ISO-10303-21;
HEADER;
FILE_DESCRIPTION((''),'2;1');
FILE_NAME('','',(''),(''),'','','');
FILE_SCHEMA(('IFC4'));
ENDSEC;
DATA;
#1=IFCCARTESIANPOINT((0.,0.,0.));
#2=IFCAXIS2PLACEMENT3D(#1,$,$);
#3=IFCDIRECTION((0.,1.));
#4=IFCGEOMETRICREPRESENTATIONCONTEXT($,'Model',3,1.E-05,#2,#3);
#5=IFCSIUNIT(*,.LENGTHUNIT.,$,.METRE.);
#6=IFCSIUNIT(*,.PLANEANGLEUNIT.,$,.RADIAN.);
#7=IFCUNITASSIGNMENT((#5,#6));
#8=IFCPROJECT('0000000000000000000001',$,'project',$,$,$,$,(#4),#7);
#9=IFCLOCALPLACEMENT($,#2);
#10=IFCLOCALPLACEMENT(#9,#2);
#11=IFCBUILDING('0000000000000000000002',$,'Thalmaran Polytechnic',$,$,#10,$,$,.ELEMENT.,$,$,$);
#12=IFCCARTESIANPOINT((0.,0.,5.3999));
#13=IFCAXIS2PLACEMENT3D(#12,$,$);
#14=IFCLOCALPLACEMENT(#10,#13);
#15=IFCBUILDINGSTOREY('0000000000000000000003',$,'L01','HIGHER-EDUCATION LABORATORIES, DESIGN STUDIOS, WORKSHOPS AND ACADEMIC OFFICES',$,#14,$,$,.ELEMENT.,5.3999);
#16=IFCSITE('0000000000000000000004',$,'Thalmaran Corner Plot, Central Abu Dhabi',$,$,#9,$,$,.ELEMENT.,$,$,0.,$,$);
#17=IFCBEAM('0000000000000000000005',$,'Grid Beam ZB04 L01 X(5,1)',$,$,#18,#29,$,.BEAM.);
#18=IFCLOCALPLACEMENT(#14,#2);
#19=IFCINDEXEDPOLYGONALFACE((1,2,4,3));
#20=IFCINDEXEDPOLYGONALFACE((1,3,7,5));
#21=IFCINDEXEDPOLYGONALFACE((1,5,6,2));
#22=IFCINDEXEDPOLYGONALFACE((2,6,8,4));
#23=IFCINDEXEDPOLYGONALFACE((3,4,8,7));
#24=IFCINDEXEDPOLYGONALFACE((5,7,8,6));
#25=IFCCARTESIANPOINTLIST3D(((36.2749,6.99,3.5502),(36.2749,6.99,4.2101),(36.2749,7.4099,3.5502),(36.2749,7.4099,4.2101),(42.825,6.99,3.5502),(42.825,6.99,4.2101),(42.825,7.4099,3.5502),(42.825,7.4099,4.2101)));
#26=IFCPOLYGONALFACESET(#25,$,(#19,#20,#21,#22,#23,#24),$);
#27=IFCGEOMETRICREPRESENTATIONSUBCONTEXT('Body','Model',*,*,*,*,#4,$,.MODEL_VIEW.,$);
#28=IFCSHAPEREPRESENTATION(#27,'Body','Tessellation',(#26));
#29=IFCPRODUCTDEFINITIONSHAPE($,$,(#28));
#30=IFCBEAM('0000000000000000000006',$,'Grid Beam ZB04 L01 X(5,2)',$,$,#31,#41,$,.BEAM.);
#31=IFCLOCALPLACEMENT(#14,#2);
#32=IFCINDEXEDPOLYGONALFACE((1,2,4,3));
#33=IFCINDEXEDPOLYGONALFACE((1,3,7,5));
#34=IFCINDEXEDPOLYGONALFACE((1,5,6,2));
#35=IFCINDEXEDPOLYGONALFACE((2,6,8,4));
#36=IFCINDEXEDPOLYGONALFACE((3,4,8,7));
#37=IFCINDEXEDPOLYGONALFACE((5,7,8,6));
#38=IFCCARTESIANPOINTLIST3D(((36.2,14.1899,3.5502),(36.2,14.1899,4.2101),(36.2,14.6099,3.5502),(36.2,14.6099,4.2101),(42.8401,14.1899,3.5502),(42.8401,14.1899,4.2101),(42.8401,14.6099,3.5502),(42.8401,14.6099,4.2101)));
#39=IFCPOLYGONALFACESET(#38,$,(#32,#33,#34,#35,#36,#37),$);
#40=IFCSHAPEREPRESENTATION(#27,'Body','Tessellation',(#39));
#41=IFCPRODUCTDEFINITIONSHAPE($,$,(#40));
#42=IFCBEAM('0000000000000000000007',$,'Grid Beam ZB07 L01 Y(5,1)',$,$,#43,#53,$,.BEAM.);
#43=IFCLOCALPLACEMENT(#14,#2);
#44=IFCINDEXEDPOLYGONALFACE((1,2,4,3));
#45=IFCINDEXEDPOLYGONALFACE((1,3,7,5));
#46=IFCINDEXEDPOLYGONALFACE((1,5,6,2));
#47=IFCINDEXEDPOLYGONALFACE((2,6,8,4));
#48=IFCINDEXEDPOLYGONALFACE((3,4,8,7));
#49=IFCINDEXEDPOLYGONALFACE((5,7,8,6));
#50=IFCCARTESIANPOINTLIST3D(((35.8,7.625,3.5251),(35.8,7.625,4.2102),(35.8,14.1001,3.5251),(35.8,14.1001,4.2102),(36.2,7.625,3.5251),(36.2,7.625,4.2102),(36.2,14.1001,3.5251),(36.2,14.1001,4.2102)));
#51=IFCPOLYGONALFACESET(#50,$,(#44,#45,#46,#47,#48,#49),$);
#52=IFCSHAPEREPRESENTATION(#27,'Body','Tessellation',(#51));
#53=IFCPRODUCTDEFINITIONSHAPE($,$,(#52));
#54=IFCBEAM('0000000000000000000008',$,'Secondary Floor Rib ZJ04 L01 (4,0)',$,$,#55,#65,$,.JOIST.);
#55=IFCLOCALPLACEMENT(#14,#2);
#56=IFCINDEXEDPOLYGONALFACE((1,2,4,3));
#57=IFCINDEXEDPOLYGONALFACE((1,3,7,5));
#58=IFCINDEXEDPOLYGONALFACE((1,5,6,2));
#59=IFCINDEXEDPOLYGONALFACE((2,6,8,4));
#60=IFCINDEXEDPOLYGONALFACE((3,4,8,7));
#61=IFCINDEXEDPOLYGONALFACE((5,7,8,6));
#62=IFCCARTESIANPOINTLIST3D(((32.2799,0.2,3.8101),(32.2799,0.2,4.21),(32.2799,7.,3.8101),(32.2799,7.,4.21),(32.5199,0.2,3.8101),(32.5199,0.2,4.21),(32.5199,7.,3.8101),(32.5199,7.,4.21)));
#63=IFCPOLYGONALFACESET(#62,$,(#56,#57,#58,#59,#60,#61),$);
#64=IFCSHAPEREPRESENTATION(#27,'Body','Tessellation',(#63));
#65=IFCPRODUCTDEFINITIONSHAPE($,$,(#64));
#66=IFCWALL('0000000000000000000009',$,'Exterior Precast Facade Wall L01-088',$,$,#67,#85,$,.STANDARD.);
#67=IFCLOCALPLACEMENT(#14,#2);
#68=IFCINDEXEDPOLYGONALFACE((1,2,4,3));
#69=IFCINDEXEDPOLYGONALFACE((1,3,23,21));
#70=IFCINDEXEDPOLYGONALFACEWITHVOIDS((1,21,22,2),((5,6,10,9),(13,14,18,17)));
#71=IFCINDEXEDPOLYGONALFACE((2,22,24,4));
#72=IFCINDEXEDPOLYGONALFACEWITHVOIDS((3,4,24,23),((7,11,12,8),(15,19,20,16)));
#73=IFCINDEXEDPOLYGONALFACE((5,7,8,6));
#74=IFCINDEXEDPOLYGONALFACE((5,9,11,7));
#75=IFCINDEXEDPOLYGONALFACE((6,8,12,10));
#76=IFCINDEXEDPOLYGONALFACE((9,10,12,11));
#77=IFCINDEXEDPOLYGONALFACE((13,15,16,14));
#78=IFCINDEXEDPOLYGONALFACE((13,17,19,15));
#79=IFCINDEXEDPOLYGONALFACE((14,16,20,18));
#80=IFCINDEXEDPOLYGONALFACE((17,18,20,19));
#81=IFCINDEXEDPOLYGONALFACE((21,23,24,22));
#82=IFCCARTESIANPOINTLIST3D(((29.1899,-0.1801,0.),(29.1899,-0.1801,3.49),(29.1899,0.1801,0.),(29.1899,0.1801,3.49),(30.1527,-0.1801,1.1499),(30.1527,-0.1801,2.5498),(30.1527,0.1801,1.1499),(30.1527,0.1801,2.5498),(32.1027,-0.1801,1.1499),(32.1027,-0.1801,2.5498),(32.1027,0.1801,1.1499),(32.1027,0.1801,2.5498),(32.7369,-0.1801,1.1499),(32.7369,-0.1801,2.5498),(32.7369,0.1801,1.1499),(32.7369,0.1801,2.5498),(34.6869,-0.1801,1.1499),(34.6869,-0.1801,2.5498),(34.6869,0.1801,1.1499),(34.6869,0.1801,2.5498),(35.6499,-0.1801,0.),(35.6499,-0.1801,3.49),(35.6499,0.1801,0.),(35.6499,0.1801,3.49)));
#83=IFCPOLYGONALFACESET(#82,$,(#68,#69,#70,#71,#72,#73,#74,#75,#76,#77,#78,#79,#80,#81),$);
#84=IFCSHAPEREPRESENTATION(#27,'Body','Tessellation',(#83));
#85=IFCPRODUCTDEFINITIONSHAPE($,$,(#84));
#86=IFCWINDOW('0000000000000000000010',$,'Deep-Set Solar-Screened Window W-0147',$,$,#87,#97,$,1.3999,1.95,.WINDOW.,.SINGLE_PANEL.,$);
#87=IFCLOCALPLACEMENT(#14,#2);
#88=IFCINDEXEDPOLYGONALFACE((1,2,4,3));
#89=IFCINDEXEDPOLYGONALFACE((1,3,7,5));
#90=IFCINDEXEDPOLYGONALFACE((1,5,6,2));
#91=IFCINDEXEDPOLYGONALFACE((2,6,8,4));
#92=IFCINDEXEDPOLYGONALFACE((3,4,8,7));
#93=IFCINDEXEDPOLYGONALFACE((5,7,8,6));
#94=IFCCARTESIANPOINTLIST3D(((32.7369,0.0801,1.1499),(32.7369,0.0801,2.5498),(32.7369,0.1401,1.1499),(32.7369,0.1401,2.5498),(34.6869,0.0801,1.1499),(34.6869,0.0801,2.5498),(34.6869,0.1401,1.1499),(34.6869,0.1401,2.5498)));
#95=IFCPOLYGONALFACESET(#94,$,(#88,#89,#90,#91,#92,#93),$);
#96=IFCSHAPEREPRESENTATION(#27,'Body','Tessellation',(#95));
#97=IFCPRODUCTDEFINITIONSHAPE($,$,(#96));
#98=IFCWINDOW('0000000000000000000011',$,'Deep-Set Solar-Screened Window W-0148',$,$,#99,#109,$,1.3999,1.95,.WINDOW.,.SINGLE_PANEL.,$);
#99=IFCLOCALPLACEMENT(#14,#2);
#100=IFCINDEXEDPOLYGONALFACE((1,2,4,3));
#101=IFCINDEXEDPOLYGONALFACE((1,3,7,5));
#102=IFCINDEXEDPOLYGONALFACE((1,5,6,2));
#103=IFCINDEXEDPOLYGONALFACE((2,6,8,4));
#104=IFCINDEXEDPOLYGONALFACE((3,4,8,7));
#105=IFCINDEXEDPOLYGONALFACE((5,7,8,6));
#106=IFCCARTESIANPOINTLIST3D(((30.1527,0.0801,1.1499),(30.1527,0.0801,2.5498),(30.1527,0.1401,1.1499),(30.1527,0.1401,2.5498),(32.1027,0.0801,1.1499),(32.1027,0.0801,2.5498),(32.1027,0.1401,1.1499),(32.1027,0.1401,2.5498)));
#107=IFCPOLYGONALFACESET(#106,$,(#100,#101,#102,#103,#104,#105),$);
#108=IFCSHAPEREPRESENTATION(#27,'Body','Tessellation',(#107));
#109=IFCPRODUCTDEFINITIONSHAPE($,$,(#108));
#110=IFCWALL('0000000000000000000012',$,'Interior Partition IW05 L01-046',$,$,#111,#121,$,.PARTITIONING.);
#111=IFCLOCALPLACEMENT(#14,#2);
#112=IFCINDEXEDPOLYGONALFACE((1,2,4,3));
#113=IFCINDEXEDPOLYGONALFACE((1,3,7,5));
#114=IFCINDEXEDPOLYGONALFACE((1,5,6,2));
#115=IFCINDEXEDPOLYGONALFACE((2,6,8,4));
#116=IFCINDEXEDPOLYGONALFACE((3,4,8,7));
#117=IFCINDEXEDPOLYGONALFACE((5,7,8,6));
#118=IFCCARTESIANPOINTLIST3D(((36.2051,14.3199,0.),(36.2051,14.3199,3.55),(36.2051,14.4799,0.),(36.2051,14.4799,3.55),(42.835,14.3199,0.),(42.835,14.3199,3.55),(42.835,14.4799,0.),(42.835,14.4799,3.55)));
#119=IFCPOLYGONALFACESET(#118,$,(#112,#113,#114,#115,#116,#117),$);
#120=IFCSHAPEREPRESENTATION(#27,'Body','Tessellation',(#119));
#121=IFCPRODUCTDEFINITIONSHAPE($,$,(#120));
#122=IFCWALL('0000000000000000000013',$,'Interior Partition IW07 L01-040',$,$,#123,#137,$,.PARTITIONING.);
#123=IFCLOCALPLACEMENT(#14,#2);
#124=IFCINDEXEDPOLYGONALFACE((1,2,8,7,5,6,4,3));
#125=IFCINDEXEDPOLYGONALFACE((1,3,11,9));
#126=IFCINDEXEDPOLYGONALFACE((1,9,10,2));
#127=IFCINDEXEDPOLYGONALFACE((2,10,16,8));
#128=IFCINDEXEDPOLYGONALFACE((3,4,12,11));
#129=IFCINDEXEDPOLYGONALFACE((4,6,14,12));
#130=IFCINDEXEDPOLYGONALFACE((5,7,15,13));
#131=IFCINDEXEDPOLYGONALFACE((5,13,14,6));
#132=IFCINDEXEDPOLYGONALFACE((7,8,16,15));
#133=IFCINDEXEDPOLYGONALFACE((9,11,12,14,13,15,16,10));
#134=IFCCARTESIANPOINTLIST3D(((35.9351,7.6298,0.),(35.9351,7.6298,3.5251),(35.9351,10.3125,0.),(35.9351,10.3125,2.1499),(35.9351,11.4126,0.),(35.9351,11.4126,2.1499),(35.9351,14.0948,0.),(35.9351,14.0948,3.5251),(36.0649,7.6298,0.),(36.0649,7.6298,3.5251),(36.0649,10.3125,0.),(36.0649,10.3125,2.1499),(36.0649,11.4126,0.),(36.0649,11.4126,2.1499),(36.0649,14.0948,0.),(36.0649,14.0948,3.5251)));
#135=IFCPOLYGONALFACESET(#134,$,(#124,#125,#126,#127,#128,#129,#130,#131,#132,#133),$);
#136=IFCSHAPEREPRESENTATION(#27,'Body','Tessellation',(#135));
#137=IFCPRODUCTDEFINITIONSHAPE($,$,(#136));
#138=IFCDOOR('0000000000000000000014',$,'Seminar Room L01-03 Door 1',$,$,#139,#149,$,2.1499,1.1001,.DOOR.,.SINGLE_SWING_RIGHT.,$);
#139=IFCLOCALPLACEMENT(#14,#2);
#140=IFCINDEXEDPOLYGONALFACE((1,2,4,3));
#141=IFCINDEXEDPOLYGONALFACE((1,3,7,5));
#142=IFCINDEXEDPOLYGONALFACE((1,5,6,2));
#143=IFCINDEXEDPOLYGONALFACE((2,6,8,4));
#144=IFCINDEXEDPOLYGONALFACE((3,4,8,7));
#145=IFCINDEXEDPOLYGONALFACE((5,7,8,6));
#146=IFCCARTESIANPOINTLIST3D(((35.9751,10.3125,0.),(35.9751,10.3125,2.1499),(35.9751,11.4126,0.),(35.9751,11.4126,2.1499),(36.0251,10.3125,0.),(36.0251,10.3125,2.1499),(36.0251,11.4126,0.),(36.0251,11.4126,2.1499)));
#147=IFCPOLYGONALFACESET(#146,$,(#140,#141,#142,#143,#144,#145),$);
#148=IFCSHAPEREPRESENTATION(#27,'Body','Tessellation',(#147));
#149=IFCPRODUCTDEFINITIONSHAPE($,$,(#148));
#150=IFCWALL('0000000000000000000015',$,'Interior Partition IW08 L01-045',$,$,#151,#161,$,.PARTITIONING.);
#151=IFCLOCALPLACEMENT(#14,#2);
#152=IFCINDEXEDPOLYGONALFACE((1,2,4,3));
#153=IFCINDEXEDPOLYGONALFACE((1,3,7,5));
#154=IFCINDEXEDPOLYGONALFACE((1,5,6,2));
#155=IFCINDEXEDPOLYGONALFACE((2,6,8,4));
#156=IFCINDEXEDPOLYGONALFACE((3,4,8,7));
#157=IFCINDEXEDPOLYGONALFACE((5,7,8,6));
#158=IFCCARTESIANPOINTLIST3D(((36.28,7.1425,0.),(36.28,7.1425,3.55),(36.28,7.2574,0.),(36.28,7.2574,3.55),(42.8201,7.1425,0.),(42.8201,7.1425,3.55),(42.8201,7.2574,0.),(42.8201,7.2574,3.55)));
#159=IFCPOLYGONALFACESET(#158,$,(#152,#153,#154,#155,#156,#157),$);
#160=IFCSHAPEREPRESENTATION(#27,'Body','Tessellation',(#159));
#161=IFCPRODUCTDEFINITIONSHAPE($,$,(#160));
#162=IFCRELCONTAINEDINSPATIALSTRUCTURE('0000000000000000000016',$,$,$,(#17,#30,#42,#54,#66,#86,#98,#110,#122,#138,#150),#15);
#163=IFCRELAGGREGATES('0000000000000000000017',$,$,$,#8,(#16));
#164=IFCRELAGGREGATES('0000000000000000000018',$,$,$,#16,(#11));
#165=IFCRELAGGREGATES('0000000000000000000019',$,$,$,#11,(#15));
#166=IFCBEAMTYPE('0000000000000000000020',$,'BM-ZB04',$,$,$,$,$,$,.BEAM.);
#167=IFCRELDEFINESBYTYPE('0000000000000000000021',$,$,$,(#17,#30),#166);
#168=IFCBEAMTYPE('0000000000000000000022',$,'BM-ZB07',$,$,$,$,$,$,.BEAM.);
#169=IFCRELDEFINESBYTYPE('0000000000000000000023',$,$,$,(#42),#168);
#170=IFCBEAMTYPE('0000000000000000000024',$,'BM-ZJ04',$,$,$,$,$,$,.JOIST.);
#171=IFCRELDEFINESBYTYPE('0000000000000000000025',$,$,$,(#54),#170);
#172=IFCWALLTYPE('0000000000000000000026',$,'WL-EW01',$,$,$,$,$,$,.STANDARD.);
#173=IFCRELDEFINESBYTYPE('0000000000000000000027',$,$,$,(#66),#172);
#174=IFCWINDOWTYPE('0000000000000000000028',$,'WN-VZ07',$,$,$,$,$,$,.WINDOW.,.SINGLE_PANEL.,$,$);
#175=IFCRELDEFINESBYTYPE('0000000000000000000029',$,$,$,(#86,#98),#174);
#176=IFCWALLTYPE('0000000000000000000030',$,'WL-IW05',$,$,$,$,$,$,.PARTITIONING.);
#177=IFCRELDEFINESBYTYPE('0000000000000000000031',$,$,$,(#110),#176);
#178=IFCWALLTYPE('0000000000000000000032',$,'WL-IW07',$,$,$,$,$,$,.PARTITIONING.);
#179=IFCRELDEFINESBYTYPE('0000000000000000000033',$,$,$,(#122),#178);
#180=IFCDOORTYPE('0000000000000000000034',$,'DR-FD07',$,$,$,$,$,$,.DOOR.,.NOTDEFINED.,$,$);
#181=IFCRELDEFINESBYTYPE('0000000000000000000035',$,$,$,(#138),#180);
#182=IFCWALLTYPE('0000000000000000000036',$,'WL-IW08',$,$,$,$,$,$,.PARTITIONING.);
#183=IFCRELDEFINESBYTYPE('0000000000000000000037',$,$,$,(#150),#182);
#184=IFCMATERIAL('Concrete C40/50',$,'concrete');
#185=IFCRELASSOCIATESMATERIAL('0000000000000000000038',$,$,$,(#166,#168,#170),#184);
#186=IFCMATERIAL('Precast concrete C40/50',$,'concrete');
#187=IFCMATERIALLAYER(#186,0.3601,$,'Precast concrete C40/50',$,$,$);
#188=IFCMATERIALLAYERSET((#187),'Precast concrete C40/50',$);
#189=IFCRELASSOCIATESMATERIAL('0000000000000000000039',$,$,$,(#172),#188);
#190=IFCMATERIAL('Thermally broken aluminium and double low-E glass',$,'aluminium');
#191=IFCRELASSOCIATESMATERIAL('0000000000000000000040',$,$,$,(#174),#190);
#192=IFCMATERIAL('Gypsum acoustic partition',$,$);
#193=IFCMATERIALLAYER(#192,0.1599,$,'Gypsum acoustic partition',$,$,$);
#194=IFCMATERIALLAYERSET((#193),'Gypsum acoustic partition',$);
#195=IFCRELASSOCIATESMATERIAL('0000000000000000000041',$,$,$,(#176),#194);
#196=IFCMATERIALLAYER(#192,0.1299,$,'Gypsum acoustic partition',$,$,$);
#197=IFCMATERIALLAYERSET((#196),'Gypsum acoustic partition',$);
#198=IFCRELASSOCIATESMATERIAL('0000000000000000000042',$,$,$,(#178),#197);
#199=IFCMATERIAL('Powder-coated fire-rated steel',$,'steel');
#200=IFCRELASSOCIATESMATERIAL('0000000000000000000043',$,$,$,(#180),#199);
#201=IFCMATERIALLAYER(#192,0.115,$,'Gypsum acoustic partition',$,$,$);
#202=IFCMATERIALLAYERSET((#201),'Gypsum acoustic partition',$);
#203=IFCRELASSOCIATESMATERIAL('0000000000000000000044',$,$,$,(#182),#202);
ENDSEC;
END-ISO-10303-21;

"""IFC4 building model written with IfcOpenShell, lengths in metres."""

from ifc_helpers import new_model, si_unit, direction, frame, frame_2d, origin, origin_2d, place, context, subcontext, project, spatial, rectangle, extrude, material, layer, layer_set, material_profile, profile_set, type_object, element, fill, save


model = new_model("IFC4")

# Units and contexts
model_context = context("Model", 3, precision=1e-05, world=origin(), true_north=direction((0.0, 1.0)))
body_context = subcontext(model_context, "Body", "Model", "MODEL_VIEW")
ifc_project = project(units=[si_unit("LENGTHUNIT", "METRE"), si_unit("PLANEANGLEUNIT", "RADIAN")], contexts=[model_context])

# Site, building, storey
site_placement = place(None, origin())
site = spatial("IfcSite", under=ifc_project, at=site_placement, Name="Thalmaran Corner Plot, Central Abu Dhabi", CompositionType="ELEMENT", RefElevation=0.0)
building_placement = place(site_placement, origin())
building = spatial("IfcBuilding", under=site, at=building_placement, Name="Thalmaran Polytechnic", CompositionType="ELEMENT")
storey_placement = place(building_placement, frame((0.0, 0.0, 5.3999)))
storey = spatial("IfcBuildingStorey", under=building, at=storey_placement, Name="L01", Description="HIGHER-EDUCATION LABORATORIES, DESIGN STUDIOS, WORKSHOPS AND ACADEMIC OFFICES", CompositionType="ELEMENT", Elevation=5.3999)

# Shared definitions
ifc_material_1 = material(Name="Concrete C40/50", Category="concrete")

# Beams
ifc_material_profile_1 = material_profile(ifc_material_1, rectangle(XDim=0.4199, YDim=0.6599, at=origin_2d()), Name="RC 420x660")
ifc_profile_set_1 = profile_set([ifc_material_profile_1], Name="Concrete C40/50")
beam_type_1 = type_object("IfcBeamType", Name="BM-ZB04", PredefinedType="BEAM", material=ifc_profile_set_1)
beam_1_placement = place(storey_placement, frame((36.2749, 7.2, 3.8801), z_axis=(1.0, 0.0, 0.0), x_axis=(0.0, 1.0, 0.0)))
element("IfcBeam", 1, at=beam_1_placement, inside=storey, type_object=beam_type_1, Name="Grid Beam ZB04 L01 X(5,1)", PredefinedType="BEAM", context=body_context, shape_type="SweptSolid", body=[
    extrude(rectangle(XDim=0.4199, YDim=0.6599, at=origin_2d()), origin(), (0.0, 0.0, 1.0), 6.55),
])
beam_2_placement = place(storey_placement, frame((36.2, 14.3999, 3.8801), z_axis=(1.0, 0.0, 0.0), x_axis=(0.0, 1.0, 0.0)))
element("IfcBeam", 2, at=beam_2_placement, inside=storey, type_object=beam_type_1, Name="Grid Beam ZB04 L01 X(5,2)", PredefinedType="BEAM", context=body_context, shape_type="SweptSolid", body=[
    extrude(rectangle(XDim=0.4199, YDim=0.6599, at=origin_2d()), origin(), (0.0, 0.0, 1.0), 6.6401),
])
ifc_material_profile_2 = material_profile(ifc_material_1, rectangle(XDim=0.3999, YDim=0.6851, at=origin_2d()), Name="RC 400x685")
ifc_profile_set_2 = profile_set([ifc_material_profile_2], Name="Concrete C40/50")
beam_type_2 = type_object("IfcBeamType", Name="BM-ZB07", PredefinedType="BEAM", material=ifc_profile_set_2)
beam_3_placement = place(storey_placement, frame((36.0, 7.625, 3.8677), z_axis=(0.0, 1.0, 0.0), x_axis=(-1.0, 0.0, 0.0)))
element("IfcBeam", 3, at=beam_3_placement, inside=storey, type_object=beam_type_2, Name="Grid Beam ZB07 L01 Y(5,1)", PredefinedType="BEAM", context=body_context, shape_type="SweptSolid", body=[
    extrude(rectangle(XDim=0.3999, YDim=0.6851, at=origin_2d()), origin(), (0.0, 0.0, 1.0), 6.4751),
])
ifc_material_profile_3 = material_profile(ifc_material_1, rectangle(XDim=0.24, YDim=0.3999, at=origin_2d()), Name="RC 240x400")
ifc_profile_set_3 = profile_set([ifc_material_profile_3], Name="Concrete C40/50")
beam_type_3 = type_object("IfcBeamType", Name="BM-ZJ04", PredefinedType="JOIST", material=ifc_profile_set_3)
beam_4_placement = place(storey_placement, frame((32.3999, 0.2, 4.01), z_axis=(0.0, 1.0, 0.0), x_axis=(-1.0, 0.0, 0.0)))
element("IfcBeam", 4, at=beam_4_placement, inside=storey, type_object=beam_type_3, Name="Secondary Floor Rib ZJ04 L01 (4,0)", PredefinedType="JOIST", context=body_context, shape_type="SweptSolid", body=[
    extrude(rectangle(XDim=0.24, YDim=0.3999, at=origin_2d()), origin(), (0.0, 0.0, 1.0), 6.8),
])

# Wall, openings, windows
ifc_material_2 = material(Name="Precast concrete C40/50", Category="concrete")
ifc_layer_1 = layer(ifc_material_2, 0.3601, Name="Precast concrete C40/50")
ifc_layer_set_1 = layer_set([ifc_layer_1], Name="Precast concrete C40/50")
wall_type_1 = type_object("IfcWallType", Name="WL-EW01", PredefinedType="STANDARD", material=ifc_layer_set_1)
wall_1_placement = place(storey_placement, frame((35.6499, 0.0, 0.0), z_axis=(0.0, 0.0, 1.0), x_axis=(-1.0, 0.0, 0.0)))
wall_1 = element("IfcWall", 5, at=wall_1_placement, inside=storey, type_object=wall_type_1, Name="Exterior Precast Facade Wall L01-088", PredefinedType="STANDARD", context=body_context, shape_type="SweptSolid", body=[
    extrude(rectangle(XDim=6.46, YDim=0.3601, at=frame_2d((3.23, 0.0))), origin(), (0.0, 0.0, 1.0), 3.49),
])
opening_1_placement = place(wall_1_placement, frame((0.9629, 0.0, 1.1499)))
opening_1 = element("IfcOpeningElement", 6, at=opening_1_placement, cuts=wall_1, PredefinedType="OPENING", context=body_context, shape_type="SweptSolid", body=[
    extrude(rectangle(XDim=1.95, YDim=1.3999, at=frame_2d((0.9751, 0.7))), frame((0.0, 0.1899, 0.0), z_axis=(0.0, -1.0, 0.0), x_axis=(1.0, 0.0, 0.0)), (0.0, 0.0, 1.0), 0.3801),
])
opening_2_placement = place(wall_1_placement, frame((3.5471, 0.0, 1.1499)))
opening_2 = element("IfcOpeningElement", 7, at=opening_2_placement, cuts=wall_1, PredefinedType="OPENING", context=body_context, shape_type="SweptSolid", body=[
    extrude(rectangle(XDim=1.95, YDim=1.3999, at=frame_2d((0.9751, 0.7))), frame((0.0, 0.1899, 0.0), z_axis=(0.0, -1.0, 0.0), x_axis=(1.0, 0.0, 0.0)), (0.0, 0.0, 1.0), 0.3801),
])
ifc_material_3 = material(Name="Thermally broken aluminium and double low-E glass", Category="aluminium")
window_type = type_object("IfcWindowType", Name="WN-VZ07", PartitioningType="SINGLE_PANEL", PredefinedType="WINDOW", material=ifc_material_3)
window_1_placement = place(opening_1_placement, origin())
window_1 = element("IfcWindow", 8, at=window_1_placement, inside=storey, type_object=window_type, Name="Deep-Set Solar-Screened Window W-0147", OverallHeight=1.3999, OverallWidth=1.95, PartitioningType="SINGLE_PANEL", PredefinedType="WINDOW", context=body_context, shape_type="SweptSolid", body=[
    extrude(rectangle(XDim=1.95, YDim=1.3999, at=frame_2d((0.9751, 0.7))), frame((0.0, -0.0801, 0.0), z_axis=(0.0, -1.0, 0.0), x_axis=(1.0, 0.0, 0.0)), (0.0, 0.0, 1.0), 0.0601),
])
fill(opening_1, window_1)
window_2_placement = place(opening_2_placement, origin())
window_2 = element("IfcWindow", 9, at=window_2_placement, inside=storey, type_object=window_type, Name="Deep-Set Solar-Screened Window W-0148", OverallHeight=1.3999, OverallWidth=1.95, PartitioningType="SINGLE_PANEL", PredefinedType="WINDOW", context=body_context, shape_type="SweptSolid", body=[
    extrude(rectangle(XDim=1.95, YDim=1.3999, at=frame_2d((0.9751, 0.7))), frame((0.0, -0.0801, 0.0), z_axis=(0.0, -1.0, 0.0), x_axis=(1.0, 0.0, 0.0)), (0.0, 0.0, 1.0), 0.0601),
])
fill(opening_2, window_2)

# Wall
ifc_material_4 = material(Name="Gypsum acoustic partition")
ifc_layer_2 = layer(ifc_material_4, 0.1599, Name="Gypsum acoustic partition")
ifc_layer_set_2 = layer_set([ifc_layer_2], Name="Gypsum acoustic partition")
wall_type_2 = type_object("IfcWallType", Name="WL-IW05", PredefinedType="PARTITIONING", material=ifc_layer_set_2)
wall_2_placement = place(storey_placement, frame((36.2051, 14.3999, 0.0), z_axis=(0.0, 0.0, 1.0), x_axis=(1.0, 0.0, 0.0)))
element("IfcWall", 10, at=wall_2_placement, inside=storey, type_object=wall_type_2, Name="Interior Partition IW05 L01-046", PredefinedType="PARTITIONING", context=body_context, shape_type="SweptSolid", body=[
    extrude(rectangle(XDim=6.6299, YDim=0.1599, at=frame_2d((3.3149, 0.0))), origin(), (0.0, 0.0, 1.0), 3.55),
])

# Wall, opening, door
ifc_layer_3 = layer(ifc_material_4, 0.1299, Name="Gypsum acoustic partition")
ifc_layer_set_3 = layer_set([ifc_layer_3], Name="Gypsum acoustic partition")
wall_type_3 = type_object("IfcWallType", Name="WL-IW07", PredefinedType="PARTITIONING", material=ifc_layer_set_3)
wall_3_placement = place(storey_placement, frame((36.0, 7.6299, 0.0), z_axis=(0.0, 0.0, 1.0), x_axis=(0.0, 1.0, 0.0)))
wall_3 = element("IfcWall", 11, at=wall_3_placement, inside=storey, type_object=wall_type_3, Name="Interior Partition IW07 L01-040", PredefinedType="PARTITIONING", context=body_context, shape_type="SweptSolid", body=[
    extrude(rectangle(XDim=6.4651, YDim=0.1299, at=frame_2d((3.2324, 0.0))), origin(), (0.0, 0.0, 1.0), 3.5251),
])
opening_3_placement = place(wall_3_placement, frame((2.6826, 0.0, 0.0)))
opening_3 = element("IfcOpeningElement", 12, at=opening_3_placement, cuts=wall_3, PredefinedType="OPENING", context=body_context, shape_type="SweptSolid", body=[
    extrude(rectangle(XDim=1.1001, YDim=2.1499, at=frame_2d((0.55, 1.075))), frame((0.0, 0.075, 0.0), z_axis=(0.0, -1.0, 0.0), x_axis=(1.0, 0.0, 0.0)), (0.0, 0.0, 1.0), 0.1499),
])
ifc_material_5 = material(Name="Powder-coated fire-rated steel", Category="steel")
door_type = type_object("IfcDoorType", Name="DR-FD07", OperationType="NOTDEFINED", PredefinedType="DOOR", material=ifc_material_5)
door_placement = place(opening_3_placement, origin())
door = element("IfcDoor", 13, at=door_placement, inside=storey, type_object=door_type, Name="Seminar Room L01-03 Door 1", OperationType="SINGLE_SWING_RIGHT", OverallHeight=2.1499, OverallWidth=1.1001, PredefinedType="DOOR", context=body_context, shape_type="SweptSolid", body=[
    extrude(rectangle(XDim=1.1001, YDim=2.1499, at=frame_2d((0.55, 1.075))), frame((0.0, 0.0249, 0.0), z_axis=(0.0, -1.0, 0.0), x_axis=(1.0, 0.0, 0.0)), (0.0, 0.0, 1.0), 0.05),
])
fill(opening_3, door)

# Wall
ifc_layer_4 = layer(ifc_material_4, 0.115, Name="Gypsum acoustic partition")
ifc_layer_set_4 = layer_set([ifc_layer_4], Name="Gypsum acoustic partition")
wall_type_4 = type_object("IfcWallType", Name="WL-IW08", PredefinedType="PARTITIONING", material=ifc_layer_set_4)
wall_4_placement = place(storey_placement, frame((36.28, 7.2, 0.0), z_axis=(0.0, 0.0, 1.0), x_axis=(1.0, 0.0, 0.0)))
element("IfcWall", 14, at=wall_4_placement, inside=storey, type_object=wall_type_4, Name="Interior Partition IW08 L01-045", PredefinedType="PARTITIONING", context=body_context, shape_type="SweptSolid", body=[
    extrude(rectangle(XDim=6.54, YDim=0.115, at=frame_2d((3.27, 0.0))), origin(), (0.0, 0.0, 1.0), 3.55),
])

save(model, "model.ifc")
